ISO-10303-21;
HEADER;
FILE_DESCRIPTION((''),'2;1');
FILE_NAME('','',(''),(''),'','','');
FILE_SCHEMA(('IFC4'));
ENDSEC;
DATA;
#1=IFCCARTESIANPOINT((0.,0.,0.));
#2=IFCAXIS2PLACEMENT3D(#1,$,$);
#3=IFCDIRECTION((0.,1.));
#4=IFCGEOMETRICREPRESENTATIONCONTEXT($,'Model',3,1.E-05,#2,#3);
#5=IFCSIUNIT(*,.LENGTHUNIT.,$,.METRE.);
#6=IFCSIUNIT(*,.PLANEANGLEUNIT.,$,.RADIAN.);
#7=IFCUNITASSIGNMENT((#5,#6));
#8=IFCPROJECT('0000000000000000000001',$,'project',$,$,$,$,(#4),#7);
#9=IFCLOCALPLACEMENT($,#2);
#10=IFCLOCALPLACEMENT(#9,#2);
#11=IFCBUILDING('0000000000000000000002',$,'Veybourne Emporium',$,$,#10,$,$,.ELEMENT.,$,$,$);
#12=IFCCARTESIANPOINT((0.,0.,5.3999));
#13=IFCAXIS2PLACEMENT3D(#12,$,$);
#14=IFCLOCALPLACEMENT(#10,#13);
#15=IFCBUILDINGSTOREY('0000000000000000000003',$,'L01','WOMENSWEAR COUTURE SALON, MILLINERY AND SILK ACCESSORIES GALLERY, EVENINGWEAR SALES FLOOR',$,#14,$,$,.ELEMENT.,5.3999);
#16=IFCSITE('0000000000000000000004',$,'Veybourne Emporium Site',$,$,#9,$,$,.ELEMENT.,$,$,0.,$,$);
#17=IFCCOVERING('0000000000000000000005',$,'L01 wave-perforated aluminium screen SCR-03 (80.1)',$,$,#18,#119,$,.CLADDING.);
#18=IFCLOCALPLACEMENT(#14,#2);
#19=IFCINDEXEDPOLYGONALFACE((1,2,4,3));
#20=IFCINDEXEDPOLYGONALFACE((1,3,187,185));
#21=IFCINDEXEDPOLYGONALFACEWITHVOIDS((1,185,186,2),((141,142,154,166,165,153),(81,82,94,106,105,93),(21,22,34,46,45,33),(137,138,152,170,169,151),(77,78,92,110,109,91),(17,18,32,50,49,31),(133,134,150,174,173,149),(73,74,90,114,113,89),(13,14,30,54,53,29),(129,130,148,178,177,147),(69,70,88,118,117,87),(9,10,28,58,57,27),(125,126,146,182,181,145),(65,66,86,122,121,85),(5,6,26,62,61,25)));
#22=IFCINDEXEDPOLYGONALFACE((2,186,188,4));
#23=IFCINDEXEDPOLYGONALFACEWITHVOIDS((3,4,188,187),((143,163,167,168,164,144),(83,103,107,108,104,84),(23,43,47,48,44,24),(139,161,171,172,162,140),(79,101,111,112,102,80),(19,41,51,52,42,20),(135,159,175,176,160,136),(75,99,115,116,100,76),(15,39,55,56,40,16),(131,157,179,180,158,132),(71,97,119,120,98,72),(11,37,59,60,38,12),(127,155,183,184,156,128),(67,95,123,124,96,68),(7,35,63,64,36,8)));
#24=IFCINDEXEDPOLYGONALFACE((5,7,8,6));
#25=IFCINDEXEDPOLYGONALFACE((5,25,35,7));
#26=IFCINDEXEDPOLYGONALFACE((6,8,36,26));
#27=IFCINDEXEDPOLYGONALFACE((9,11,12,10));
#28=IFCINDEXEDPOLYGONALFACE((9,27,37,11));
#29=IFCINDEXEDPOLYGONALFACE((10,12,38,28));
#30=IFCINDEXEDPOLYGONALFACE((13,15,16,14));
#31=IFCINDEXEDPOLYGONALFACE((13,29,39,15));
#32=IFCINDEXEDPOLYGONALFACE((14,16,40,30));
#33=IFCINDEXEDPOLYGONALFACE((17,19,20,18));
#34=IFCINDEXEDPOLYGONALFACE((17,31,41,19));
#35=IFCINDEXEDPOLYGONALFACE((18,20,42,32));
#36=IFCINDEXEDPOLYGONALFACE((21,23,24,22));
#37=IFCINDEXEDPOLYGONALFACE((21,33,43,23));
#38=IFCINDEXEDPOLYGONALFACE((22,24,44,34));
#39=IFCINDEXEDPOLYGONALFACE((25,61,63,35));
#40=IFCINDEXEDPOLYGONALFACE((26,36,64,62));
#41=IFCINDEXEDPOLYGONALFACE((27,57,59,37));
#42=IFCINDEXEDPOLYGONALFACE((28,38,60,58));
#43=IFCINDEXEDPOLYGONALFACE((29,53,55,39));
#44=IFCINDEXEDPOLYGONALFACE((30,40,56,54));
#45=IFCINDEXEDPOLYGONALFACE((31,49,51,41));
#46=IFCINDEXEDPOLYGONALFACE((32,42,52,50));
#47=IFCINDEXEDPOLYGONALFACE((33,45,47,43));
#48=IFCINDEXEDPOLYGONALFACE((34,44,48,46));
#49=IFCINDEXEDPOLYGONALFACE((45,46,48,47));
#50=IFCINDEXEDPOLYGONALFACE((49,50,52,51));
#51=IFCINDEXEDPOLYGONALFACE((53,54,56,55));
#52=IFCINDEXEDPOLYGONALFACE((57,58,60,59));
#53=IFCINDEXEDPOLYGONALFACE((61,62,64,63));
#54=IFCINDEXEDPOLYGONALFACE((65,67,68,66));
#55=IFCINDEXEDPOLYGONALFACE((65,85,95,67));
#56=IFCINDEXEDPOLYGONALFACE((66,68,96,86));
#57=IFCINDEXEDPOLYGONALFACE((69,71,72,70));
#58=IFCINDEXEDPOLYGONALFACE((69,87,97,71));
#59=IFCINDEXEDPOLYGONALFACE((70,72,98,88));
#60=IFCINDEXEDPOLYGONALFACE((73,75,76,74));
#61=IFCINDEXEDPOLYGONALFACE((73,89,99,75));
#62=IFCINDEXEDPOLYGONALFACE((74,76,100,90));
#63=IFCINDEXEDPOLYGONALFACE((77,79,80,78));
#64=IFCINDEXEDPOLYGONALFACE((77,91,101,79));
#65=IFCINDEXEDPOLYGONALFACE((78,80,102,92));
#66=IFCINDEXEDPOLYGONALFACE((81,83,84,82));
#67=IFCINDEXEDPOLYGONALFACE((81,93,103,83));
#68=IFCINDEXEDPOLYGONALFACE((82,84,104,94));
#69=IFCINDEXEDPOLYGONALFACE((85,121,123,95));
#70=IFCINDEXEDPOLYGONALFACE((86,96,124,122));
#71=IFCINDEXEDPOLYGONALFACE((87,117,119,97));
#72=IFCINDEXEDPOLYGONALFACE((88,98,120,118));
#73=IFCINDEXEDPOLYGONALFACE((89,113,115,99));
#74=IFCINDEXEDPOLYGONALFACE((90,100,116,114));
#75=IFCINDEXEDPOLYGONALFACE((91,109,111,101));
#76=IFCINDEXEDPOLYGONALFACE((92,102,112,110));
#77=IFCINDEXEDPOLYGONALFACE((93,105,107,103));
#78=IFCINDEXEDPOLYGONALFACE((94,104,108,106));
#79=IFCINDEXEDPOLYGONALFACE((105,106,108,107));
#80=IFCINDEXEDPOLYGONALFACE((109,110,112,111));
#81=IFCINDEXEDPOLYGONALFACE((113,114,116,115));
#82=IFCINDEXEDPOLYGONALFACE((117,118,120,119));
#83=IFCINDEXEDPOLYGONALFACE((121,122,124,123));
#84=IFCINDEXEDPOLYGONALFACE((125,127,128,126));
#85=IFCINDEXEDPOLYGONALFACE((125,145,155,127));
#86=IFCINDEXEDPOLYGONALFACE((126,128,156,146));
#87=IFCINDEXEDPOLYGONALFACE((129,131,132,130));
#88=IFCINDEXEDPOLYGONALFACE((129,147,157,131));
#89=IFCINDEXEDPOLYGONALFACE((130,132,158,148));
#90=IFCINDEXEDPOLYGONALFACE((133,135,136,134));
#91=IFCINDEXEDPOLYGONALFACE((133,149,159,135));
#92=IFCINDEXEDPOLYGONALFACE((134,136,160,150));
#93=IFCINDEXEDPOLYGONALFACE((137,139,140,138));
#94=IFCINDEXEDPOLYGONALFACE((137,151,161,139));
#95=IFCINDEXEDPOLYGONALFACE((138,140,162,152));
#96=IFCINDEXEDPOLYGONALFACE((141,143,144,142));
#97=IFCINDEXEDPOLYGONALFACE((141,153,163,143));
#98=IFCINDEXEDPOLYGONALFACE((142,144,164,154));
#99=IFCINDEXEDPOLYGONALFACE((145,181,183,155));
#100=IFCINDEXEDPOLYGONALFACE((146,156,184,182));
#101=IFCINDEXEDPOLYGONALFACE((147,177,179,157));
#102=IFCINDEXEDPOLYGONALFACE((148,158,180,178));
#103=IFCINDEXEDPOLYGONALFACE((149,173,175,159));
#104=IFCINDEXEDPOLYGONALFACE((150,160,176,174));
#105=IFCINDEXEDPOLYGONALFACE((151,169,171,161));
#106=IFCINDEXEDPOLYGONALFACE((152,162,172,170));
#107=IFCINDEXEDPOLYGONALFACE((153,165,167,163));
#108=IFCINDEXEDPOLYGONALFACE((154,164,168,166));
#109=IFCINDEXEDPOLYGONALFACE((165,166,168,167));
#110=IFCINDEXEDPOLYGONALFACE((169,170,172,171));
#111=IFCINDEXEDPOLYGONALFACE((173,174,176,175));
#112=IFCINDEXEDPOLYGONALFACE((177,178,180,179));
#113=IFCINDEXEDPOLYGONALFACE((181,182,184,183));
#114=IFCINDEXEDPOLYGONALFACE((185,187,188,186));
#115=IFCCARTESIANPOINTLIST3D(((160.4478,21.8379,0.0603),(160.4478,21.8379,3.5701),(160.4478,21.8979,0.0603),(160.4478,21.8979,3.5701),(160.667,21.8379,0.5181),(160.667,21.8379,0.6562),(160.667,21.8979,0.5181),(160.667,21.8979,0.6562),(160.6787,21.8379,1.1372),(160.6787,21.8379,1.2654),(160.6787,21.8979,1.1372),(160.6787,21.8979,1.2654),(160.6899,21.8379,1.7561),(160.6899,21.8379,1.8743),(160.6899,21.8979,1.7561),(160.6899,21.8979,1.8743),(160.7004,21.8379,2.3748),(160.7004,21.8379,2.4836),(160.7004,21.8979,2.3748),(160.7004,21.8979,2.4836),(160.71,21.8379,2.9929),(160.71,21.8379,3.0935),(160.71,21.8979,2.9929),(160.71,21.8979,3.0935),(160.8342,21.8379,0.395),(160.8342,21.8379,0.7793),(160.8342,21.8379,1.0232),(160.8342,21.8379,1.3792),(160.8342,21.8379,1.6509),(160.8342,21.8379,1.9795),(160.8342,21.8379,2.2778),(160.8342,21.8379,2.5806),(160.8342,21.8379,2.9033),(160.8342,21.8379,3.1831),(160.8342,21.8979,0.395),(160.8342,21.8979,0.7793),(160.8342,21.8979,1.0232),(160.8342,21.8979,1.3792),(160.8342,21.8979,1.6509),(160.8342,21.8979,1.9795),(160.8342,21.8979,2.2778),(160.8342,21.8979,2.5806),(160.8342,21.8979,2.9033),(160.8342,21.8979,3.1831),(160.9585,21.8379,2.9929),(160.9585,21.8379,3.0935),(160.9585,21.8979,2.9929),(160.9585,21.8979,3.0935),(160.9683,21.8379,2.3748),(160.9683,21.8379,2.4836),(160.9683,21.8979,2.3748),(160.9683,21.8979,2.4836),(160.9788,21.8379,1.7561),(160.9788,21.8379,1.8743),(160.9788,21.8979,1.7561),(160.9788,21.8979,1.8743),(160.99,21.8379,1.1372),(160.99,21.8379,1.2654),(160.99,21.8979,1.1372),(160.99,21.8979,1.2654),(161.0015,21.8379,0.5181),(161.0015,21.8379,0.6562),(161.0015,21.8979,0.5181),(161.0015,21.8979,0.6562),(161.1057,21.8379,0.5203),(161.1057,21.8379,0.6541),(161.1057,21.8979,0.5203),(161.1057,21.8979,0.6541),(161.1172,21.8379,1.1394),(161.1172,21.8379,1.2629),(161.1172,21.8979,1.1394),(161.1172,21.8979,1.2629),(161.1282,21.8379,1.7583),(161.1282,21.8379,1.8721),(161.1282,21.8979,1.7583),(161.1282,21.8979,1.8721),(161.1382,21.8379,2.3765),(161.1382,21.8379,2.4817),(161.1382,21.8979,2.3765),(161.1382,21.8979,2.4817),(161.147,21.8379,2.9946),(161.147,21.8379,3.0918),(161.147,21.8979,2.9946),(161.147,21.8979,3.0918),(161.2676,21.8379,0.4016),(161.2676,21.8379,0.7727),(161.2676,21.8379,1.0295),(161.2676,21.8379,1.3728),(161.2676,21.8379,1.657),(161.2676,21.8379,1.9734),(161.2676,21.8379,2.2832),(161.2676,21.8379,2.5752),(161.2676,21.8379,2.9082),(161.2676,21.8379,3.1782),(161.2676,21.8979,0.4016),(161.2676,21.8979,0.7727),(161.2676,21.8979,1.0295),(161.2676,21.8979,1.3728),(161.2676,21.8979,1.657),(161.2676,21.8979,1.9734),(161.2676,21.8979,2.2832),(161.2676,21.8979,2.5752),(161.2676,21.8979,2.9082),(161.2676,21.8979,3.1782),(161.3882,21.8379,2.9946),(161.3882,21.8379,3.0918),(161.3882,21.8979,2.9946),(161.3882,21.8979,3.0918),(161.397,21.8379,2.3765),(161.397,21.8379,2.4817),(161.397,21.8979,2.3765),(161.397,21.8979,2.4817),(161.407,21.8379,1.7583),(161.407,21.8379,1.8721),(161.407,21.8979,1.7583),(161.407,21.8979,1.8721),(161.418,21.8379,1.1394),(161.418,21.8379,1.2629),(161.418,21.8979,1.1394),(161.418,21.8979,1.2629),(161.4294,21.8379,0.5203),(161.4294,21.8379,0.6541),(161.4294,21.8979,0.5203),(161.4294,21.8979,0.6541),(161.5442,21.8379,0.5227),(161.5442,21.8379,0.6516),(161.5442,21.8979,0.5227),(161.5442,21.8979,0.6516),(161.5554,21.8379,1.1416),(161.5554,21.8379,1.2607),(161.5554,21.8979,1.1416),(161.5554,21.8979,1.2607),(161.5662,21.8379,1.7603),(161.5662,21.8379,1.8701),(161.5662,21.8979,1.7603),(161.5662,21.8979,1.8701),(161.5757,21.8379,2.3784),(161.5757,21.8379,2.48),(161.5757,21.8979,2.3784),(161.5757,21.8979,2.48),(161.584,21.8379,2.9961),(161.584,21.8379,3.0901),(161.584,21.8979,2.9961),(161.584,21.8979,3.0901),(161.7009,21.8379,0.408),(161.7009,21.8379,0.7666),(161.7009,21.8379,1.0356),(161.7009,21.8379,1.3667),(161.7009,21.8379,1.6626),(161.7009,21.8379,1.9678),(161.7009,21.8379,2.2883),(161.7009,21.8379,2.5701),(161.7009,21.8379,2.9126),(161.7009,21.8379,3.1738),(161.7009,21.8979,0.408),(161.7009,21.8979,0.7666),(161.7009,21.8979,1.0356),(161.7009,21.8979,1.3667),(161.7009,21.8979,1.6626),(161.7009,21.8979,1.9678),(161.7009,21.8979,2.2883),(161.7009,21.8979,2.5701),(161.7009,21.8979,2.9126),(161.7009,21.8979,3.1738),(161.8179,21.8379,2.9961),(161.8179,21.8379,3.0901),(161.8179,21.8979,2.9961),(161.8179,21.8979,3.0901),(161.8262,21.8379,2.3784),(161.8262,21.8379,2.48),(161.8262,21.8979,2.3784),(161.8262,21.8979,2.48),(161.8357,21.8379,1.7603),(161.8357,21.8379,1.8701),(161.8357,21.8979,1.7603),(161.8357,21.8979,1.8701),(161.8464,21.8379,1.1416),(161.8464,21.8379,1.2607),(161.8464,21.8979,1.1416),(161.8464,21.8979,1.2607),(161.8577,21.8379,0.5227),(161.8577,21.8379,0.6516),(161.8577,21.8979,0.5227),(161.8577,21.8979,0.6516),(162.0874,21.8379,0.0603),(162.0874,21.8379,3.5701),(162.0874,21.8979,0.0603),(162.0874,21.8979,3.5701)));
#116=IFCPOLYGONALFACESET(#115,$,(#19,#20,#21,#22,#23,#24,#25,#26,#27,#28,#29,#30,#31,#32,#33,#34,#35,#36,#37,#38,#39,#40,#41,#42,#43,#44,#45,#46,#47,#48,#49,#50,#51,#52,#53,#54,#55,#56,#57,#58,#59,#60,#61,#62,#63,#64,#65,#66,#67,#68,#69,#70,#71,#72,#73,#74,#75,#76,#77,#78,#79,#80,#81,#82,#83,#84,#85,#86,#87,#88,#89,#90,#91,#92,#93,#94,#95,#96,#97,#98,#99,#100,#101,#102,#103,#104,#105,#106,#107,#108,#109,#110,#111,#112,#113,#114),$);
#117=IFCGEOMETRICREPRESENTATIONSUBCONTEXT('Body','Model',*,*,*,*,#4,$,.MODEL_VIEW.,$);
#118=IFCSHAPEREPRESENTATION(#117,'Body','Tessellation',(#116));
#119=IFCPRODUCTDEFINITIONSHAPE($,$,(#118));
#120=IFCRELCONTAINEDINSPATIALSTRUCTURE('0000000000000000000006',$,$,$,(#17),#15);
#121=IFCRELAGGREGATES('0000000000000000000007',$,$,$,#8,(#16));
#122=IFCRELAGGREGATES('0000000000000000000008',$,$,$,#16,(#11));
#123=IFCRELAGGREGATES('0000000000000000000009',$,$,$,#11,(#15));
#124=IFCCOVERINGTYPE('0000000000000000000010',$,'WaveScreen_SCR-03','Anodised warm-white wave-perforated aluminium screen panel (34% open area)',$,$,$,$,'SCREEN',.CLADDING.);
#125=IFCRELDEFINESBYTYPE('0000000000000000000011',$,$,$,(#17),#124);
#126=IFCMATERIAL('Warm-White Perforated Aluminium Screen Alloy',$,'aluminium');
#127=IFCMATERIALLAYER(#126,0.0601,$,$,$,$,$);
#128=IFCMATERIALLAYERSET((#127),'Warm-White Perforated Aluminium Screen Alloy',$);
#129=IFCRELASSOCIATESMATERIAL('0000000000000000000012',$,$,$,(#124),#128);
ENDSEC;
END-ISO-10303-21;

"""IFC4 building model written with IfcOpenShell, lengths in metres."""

from ifc_helpers import new_model, si_unit, direction, frame, origin, place, context, subcontext, project, spatial, polyline, outline, extrude, material, layer, layer_set, type_object, element, save


model = new_model("IFC4")

# Units and contexts
model_context = context("Model", 3, precision=1e-05, world=origin(), true_north=direction((0.0, 1.0)))
body_context = subcontext(model_context, "Body", "Model", "MODEL_VIEW")
ifc_project = project(units=[si_unit("LENGTHUNIT", "METRE"), si_unit("PLANEANGLEUNIT", "RADIAN")], contexts=[model_context])

# Site, building, storey
site_placement = place(None, origin())
site = spatial("IfcSite", under=ifc_project, at=site_placement, Name="Veybourne Emporium Site", CompositionType="ELEMENT", RefElevation=0.0)
building_placement = place(site_placement, origin())
building = spatial("IfcBuilding", under=site, at=building_placement, Name="Veybourne Emporium", CompositionType="ELEMENT")
storey_placement = place(building_placement, frame((0.0, 0.0, 5.3999)))
storey = spatial("IfcBuildingStorey", under=building, at=storey_placement, Name="L01", Description="WOMENSWEAR COUTURE SALON, MILLINERY AND SILK ACCESSORIES GALLERY, EVENINGWEAR SALES FLOOR", CompositionType="ELEMENT", Elevation=5.3999)

# Covering
ifc_material_1 = material(Name="Warm-White Perforated Aluminium Screen Alloy", Category="aluminium")
ifc_layer_1 = layer(ifc_material_1, 0.0601)
ifc_layer_set_1 = layer_set([ifc_layer_1], Name="Warm-White Perforated Aluminium Screen Alloy")
covering_type_1 = type_object("IfcCoveringType", Name="WaveScreen_SCR-03", Description="Anodised warm-white wave-perforated aluminium screen panel (34% open area)", ElementType="SCREEN", PredefinedType="CLADDING", material=ifc_layer_set_1)
covering_1_placement = place(storey_placement, frame((161.2676, 21.8979, 1.8152), z_axis=(0.0, -1.0, 0.0), x_axis=(1.0, 0.0, 0.0)))
element("IfcCovering", 1, at=covering_1_placement, inside=storey, type_object=covering_type_1, Name="L01 wave-perforated aluminium screen SCR-03 (80.1)", PredefinedType="CLADDING", context=body_context, shape_type="SweptSolid", body=[
    extrude(outline(polyline([(-0.8198, -1.7549), (0.8198, -1.7549), (0.8198, 1.7549), (-0.8198, 1.7549), (-0.8198, -1.7549)]), holes=[polyline([(-0.4333, -1.0359), (-0.2661, -1.1589), (-0.2661, -1.2971), (-0.4333, -1.4202), (-0.6006, -1.2971), (-0.6006, -1.1589), (-0.4333, -1.0359)]), polyline([(-0.4333, -0.436), (-0.2776, -0.5498), (-0.2776, -0.678), (-0.4333, -0.792), (-0.5889, -0.678), (-0.5889, -0.5498), (-0.4333, -0.436)]), polyline([(-0.4333, 0.1643), (-0.2888, 0.0591), (-0.2888, -0.0591), (-0.4333, -0.1643), (-0.5776, -0.0591), (-0.5776, 0.0591), (-0.4333, 0.1643)]), polyline([(-0.4333, 0.7654), (-0.2993, 0.6685), (-0.2993, 0.5596), (-0.4333, 0.4626), (-0.5671, 0.5596), (-0.5671, 0.6685), (-0.4333, 0.7654)]), polyline([(-0.4333, 1.3679), (-0.3091, 1.2783), (-0.3091, 1.1777), (-0.4333, 1.0881), (-0.5576, 1.1777), (-0.5576, 1.2783), (-0.4333, 1.3679)]), polyline([(0.0, -1.0425), (0.1619, -1.1611), (0.1619, -1.2949), (0.0, -1.4136), (-0.1619, -1.2949), (-0.1619, -1.1611), (0.0, -1.0425)]), polyline([(0.0, -0.4424), (0.1504, -0.5522), (0.1504, -0.6758), (0.0, -0.7856), (-0.1504, -0.6758), (-0.1504, -0.5522), (0.0, -0.4424)]), polyline([(0.0, 0.1582), (0.1394, 0.0569), (0.1394, -0.0569), (0.0, -0.1582), (-0.1394, -0.0569), (-0.1394, 0.0569), (0.0, 0.1582)]), polyline([(0.0, 0.76), (0.1294, 0.6665), (0.1294, 0.5613), (0.0, 0.468), (-0.1294, 0.5613), (-0.1294, 0.6665), (0.0, 0.76)]), polyline([(0.0, 1.363), (0.1206, 1.2766), (0.1206, 1.1794), (0.0, 1.093), (-0.1206, 1.1794), (-0.1206, 1.2766), (0.0, 1.363)]), polyline([(0.4333, -1.0486), (0.5901, -1.1636), (0.5901, -1.2925), (0.4333, -1.4072), (0.2766, -1.2925), (0.2766, -1.1636), (0.4333, -1.0486)]), polyline([(0.4333, -0.4485), (0.5789, -0.5544), (0.5789, -0.6736), (0.4333, -0.7795), (0.2878, -0.6736), (0.2878, -0.5544), (0.4333, -0.4485)]), polyline([(0.4333, 0.1526), (0.5681, 0.0549), (0.5681, -0.0549), (0.4333, -0.1526), (0.2986, -0.0549), (0.2986, 0.0549), (0.4333, 0.1526)]), polyline([(0.4333, 0.7549), (0.5586, 0.6648), (0.5586, 0.5632), (0.4333, 0.4731), (0.3081, 0.5632), (0.3081, 0.6648), (0.4333, 0.7549)]), polyline([(0.4333, 1.3586), (0.5503, 1.2749), (0.5503, 1.1809), (0.4333, 1.0974), (0.3164, 1.1809), (0.3164, 1.2749), (0.4333, 1.3586)])]), origin(), (0.0, 0.0, 1.0), 0.0601),
])

save(model, "model.ifc")
